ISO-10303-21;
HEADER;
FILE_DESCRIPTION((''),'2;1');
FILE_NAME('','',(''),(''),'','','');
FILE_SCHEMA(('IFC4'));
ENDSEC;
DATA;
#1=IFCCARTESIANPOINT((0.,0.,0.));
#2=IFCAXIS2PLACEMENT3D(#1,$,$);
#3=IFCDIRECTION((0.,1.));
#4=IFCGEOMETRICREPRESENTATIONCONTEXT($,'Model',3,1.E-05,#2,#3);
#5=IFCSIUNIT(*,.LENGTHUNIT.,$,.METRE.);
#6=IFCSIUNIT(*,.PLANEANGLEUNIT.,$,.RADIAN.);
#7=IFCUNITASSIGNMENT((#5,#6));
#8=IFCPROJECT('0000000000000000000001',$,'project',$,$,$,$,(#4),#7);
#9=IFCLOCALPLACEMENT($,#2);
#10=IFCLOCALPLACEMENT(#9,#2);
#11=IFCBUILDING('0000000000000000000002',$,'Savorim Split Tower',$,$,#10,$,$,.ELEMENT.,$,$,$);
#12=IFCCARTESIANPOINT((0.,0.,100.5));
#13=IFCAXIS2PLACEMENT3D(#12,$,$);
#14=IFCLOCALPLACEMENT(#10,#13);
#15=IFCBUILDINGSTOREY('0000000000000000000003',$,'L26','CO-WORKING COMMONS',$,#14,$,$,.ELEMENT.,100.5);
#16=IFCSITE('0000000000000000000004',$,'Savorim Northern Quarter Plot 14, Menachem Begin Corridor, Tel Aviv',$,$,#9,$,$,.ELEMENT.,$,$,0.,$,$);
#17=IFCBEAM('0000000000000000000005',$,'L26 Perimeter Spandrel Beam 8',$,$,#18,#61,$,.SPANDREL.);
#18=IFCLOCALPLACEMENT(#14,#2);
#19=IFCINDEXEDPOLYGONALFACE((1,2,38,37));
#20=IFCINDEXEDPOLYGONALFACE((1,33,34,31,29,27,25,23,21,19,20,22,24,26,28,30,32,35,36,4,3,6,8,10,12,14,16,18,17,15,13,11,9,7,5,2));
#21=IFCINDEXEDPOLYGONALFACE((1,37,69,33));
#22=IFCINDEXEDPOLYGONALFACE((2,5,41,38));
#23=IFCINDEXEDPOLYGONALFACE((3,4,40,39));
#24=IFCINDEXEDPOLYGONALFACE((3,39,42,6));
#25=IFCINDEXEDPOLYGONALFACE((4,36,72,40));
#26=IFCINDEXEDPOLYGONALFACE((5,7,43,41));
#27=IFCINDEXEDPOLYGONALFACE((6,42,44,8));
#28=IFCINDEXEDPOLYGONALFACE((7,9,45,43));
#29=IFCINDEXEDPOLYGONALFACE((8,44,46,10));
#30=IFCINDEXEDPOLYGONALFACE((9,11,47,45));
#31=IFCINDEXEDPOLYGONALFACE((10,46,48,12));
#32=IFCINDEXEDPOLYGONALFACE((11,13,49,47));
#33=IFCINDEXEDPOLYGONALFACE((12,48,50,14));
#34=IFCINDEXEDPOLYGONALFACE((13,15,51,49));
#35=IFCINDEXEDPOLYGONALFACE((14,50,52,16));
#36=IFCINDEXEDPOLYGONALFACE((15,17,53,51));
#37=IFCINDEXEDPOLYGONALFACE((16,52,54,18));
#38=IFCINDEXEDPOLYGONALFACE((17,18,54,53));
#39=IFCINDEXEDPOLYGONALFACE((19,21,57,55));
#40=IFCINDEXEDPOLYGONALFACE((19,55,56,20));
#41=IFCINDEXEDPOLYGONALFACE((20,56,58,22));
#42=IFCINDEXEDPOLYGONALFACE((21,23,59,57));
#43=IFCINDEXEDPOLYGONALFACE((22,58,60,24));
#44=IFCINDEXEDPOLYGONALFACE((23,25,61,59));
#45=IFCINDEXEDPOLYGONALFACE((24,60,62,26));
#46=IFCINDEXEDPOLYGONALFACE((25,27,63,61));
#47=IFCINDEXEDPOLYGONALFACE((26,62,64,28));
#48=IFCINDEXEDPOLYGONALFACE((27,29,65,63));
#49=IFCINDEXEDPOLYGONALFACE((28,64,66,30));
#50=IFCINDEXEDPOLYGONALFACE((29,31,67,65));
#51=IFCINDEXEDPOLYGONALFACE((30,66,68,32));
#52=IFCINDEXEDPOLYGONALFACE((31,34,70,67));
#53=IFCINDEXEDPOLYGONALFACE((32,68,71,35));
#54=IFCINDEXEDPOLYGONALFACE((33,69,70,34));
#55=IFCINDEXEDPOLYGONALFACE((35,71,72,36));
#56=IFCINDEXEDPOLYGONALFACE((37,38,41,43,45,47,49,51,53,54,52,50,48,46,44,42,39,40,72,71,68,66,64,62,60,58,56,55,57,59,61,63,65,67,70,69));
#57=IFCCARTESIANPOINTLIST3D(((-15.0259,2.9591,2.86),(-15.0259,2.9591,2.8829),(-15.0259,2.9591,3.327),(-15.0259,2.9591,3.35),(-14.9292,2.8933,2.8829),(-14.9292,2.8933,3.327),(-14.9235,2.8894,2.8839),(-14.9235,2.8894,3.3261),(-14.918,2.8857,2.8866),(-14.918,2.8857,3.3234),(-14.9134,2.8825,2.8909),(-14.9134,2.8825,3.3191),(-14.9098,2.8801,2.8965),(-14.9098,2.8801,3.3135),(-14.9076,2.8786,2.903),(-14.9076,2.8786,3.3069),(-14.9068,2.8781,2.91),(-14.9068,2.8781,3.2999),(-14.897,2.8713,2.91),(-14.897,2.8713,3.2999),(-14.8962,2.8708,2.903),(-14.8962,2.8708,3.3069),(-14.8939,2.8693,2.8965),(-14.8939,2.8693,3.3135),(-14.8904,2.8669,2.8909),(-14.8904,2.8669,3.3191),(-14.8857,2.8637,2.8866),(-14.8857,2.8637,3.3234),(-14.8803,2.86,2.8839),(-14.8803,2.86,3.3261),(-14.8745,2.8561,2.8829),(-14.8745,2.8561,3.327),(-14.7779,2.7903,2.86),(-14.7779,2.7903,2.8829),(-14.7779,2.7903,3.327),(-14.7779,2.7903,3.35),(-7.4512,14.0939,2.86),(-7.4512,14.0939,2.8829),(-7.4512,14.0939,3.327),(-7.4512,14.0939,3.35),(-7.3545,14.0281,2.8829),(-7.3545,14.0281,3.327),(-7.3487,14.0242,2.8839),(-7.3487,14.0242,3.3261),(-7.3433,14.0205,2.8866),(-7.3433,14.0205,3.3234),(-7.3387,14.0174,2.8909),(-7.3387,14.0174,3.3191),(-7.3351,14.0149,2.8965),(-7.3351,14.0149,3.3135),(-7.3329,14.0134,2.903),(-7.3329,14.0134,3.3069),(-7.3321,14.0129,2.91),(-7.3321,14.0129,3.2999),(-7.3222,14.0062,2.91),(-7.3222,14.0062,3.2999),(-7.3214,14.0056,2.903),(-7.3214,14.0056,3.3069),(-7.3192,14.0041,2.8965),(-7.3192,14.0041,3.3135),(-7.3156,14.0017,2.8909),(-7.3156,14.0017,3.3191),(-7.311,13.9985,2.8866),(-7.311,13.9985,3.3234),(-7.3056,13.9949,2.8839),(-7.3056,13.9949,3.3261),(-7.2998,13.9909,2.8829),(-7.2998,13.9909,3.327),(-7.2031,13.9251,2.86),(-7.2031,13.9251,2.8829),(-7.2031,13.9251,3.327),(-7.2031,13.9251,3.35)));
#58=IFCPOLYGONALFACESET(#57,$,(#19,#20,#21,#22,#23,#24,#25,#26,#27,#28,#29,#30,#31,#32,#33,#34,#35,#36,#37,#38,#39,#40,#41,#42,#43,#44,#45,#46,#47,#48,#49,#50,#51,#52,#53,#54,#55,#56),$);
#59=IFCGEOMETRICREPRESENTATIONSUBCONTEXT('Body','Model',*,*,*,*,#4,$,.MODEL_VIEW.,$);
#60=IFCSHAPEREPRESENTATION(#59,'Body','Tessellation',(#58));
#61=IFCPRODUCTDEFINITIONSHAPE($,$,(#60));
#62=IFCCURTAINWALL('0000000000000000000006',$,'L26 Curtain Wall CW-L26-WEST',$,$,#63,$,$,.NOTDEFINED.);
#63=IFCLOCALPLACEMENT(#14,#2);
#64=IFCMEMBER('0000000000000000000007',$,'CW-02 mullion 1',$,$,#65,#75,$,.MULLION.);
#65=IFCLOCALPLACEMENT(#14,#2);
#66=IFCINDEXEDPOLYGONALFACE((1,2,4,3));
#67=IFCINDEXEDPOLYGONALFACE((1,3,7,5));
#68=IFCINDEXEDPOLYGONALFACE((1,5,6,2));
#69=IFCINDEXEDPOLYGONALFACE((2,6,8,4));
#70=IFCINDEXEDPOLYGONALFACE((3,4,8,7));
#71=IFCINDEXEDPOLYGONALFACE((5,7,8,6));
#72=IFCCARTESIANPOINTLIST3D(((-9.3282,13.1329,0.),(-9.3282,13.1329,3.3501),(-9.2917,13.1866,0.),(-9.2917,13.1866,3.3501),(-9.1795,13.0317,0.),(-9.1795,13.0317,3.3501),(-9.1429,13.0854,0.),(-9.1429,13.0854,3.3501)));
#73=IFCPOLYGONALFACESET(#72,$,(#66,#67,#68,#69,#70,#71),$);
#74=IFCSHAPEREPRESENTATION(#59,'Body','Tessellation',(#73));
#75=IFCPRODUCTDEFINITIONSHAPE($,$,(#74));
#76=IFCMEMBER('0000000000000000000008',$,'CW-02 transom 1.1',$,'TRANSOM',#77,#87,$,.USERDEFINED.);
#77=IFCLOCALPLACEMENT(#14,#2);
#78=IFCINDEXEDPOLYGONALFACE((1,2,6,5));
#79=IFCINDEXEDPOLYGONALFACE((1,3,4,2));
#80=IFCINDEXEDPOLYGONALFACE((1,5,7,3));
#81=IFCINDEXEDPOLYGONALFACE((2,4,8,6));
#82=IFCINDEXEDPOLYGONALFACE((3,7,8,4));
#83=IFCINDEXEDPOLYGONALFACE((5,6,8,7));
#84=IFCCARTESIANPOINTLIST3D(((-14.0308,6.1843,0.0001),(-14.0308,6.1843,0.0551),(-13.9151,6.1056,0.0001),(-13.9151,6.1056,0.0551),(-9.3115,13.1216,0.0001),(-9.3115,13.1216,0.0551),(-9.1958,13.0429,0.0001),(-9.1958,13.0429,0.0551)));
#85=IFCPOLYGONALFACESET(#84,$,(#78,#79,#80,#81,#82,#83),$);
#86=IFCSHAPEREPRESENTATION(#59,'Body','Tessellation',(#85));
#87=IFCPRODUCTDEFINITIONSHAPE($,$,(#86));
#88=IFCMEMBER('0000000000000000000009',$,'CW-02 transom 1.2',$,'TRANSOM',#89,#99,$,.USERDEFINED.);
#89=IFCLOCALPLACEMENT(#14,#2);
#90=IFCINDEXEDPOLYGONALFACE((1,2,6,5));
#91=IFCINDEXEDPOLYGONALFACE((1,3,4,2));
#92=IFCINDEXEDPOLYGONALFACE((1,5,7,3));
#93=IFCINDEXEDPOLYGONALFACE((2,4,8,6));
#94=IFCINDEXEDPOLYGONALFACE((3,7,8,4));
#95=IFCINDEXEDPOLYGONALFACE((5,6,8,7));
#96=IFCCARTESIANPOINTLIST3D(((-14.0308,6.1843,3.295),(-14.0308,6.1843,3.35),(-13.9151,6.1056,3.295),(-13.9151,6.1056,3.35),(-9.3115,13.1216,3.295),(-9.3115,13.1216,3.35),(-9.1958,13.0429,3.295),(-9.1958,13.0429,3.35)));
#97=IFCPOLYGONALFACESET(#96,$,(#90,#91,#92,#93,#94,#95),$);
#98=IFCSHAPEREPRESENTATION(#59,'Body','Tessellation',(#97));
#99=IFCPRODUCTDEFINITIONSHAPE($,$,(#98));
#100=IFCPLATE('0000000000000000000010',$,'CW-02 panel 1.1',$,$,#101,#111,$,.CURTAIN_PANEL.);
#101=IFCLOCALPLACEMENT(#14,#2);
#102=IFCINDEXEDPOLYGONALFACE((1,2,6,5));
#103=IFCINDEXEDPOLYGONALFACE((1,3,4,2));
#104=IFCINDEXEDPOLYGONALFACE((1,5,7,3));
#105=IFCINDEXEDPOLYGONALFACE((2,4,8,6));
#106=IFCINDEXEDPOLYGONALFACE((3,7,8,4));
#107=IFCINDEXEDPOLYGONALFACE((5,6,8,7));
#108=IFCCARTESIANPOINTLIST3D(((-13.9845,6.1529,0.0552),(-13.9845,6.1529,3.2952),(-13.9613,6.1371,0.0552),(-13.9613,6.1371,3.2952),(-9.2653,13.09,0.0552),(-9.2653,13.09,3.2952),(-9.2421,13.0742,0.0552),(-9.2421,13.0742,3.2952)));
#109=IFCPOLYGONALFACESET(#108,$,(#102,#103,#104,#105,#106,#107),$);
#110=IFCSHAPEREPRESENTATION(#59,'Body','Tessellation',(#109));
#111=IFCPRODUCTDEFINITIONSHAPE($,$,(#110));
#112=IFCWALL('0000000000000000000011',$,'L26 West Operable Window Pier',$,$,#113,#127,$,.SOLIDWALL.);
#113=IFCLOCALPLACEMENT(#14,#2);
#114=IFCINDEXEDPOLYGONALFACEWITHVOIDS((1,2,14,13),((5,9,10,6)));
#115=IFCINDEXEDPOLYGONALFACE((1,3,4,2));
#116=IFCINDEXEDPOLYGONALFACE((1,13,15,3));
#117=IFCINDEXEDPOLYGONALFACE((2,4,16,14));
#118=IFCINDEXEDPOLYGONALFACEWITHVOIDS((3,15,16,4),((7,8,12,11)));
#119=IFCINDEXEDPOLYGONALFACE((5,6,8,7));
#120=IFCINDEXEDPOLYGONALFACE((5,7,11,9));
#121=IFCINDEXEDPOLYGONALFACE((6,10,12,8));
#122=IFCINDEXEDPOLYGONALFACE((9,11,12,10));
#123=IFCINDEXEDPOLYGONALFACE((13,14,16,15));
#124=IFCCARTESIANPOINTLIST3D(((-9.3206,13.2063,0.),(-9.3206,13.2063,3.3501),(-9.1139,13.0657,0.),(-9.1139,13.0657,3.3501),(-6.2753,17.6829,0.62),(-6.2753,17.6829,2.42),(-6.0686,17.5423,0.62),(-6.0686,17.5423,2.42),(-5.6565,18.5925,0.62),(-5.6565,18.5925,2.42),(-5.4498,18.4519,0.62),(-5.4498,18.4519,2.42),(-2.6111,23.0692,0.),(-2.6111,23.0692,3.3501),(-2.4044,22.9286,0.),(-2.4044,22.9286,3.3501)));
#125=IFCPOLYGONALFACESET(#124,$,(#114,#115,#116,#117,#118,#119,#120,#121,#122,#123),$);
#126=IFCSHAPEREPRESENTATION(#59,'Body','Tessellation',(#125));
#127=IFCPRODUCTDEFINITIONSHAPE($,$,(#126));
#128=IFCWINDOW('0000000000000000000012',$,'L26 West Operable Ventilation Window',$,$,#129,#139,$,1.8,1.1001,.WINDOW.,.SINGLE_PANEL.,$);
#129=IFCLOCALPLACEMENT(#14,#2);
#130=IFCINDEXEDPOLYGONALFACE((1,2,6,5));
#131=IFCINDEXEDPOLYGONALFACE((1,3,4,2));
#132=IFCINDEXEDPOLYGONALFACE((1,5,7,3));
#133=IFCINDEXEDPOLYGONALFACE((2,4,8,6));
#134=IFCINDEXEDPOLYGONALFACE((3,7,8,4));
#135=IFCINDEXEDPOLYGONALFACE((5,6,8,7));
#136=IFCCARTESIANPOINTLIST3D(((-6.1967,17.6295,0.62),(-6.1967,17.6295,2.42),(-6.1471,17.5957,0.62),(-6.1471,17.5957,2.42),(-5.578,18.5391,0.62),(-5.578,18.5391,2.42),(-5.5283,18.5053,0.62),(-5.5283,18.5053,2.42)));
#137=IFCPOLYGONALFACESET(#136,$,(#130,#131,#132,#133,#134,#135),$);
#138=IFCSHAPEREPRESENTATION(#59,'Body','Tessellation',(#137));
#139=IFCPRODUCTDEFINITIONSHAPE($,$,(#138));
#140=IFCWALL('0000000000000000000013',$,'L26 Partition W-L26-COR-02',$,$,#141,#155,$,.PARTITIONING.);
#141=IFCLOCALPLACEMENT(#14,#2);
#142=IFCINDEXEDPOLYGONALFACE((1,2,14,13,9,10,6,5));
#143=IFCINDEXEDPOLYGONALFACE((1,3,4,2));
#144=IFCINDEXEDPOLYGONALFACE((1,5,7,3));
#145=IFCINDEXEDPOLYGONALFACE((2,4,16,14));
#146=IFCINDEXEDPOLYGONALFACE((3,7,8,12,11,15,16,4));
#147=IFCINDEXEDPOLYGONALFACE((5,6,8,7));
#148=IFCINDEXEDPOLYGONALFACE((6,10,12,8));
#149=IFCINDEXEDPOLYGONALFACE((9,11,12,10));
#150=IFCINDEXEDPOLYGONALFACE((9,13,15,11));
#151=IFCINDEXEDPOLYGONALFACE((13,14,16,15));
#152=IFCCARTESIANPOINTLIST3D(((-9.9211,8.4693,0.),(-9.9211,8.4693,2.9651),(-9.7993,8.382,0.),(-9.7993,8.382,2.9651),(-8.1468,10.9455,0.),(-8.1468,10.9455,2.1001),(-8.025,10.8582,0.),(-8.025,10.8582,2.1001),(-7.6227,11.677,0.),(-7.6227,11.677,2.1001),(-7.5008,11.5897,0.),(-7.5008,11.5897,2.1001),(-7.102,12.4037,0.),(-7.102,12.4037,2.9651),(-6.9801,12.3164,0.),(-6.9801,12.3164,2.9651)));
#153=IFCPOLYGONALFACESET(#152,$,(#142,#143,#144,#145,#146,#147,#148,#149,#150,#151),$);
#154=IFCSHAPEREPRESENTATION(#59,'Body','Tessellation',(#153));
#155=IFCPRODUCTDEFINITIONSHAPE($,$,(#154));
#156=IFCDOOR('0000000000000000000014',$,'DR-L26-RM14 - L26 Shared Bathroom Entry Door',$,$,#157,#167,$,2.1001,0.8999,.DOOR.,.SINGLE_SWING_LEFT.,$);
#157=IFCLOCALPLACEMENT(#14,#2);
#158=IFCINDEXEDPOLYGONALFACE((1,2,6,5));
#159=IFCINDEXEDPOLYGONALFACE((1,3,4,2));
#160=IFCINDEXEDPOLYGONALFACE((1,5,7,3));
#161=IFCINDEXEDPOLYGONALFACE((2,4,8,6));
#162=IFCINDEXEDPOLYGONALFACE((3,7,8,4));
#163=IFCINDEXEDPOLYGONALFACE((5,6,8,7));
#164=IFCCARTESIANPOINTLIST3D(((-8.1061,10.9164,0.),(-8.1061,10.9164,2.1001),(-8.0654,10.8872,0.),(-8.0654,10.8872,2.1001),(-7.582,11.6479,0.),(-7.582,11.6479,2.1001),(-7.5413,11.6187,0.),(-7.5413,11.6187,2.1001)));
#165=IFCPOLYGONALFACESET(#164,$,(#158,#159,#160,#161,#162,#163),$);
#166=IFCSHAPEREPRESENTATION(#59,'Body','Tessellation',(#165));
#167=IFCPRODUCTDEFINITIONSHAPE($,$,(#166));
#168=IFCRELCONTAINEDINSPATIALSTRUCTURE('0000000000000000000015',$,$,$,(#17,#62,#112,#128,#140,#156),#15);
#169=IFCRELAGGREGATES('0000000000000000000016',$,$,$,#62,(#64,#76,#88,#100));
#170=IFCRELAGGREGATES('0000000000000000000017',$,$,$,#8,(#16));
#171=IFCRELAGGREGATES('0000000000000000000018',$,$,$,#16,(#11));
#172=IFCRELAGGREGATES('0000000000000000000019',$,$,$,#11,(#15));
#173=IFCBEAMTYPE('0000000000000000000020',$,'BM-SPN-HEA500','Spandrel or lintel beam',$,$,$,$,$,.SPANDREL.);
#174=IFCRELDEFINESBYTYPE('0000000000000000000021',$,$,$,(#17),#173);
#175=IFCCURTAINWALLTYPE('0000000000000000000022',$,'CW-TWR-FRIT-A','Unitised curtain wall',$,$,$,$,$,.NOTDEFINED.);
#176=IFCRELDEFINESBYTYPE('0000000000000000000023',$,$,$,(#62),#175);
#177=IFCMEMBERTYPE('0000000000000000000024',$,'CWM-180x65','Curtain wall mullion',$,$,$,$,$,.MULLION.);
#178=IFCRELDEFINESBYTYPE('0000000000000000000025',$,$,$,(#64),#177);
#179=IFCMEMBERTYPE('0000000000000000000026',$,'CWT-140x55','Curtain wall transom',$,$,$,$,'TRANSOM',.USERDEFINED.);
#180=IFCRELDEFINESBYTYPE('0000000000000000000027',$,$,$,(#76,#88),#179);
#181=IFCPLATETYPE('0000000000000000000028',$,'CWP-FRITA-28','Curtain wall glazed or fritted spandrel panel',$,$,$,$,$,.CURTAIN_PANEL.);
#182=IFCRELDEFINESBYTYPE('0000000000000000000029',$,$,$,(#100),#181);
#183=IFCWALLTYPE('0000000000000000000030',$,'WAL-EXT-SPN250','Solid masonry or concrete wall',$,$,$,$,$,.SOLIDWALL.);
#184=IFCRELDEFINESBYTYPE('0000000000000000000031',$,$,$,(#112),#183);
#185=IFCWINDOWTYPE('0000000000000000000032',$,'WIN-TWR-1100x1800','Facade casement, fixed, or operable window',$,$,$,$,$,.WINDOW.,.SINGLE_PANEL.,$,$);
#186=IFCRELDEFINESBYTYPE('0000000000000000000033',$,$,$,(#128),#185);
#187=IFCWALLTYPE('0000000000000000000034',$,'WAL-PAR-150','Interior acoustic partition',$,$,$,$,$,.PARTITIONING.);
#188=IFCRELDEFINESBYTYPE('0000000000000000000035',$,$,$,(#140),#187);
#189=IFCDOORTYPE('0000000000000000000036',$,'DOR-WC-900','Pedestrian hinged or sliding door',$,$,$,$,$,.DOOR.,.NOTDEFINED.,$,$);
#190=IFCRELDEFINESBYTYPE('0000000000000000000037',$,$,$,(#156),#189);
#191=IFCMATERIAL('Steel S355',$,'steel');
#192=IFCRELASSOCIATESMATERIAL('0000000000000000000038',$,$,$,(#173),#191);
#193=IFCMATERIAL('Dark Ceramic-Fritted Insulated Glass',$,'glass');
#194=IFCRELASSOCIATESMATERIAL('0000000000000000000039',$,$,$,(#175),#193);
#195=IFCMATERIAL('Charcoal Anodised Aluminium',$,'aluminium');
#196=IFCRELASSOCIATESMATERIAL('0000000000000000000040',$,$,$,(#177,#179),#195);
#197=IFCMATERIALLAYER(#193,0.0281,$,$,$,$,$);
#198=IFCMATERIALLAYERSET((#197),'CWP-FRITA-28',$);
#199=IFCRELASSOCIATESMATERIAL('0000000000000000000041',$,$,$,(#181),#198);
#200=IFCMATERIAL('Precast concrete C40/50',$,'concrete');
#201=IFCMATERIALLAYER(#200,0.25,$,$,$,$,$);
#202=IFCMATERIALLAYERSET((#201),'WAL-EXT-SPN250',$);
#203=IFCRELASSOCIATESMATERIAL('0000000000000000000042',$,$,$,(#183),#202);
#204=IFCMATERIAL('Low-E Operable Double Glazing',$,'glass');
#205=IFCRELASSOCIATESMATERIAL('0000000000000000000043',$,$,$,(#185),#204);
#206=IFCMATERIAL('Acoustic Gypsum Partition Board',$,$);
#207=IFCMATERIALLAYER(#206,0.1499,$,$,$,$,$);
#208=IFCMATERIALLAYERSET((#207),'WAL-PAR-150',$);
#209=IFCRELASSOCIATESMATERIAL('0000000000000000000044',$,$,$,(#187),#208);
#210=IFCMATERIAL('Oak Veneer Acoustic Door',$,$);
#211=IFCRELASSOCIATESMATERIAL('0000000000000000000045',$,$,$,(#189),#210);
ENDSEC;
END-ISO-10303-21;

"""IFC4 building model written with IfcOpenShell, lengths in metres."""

from ifc_helpers import new_model, si_unit, direction, frame, frame_2d, origin, origin_2d, place, context, subcontext, project, spatial, rectangle, i_section, extrude, material, layer, layer_set, material_profile, profile_set, type_object, element, fill, aggregate, save


model = new_model("IFC4")

# Units and contexts
model_context = context("Model", 3, precision=1e-05, world=origin(), true_north=direction((0.0, 1.0)))
body_context = subcontext(model_context, "Body", "Model", "MODEL_VIEW")
ifc_project = project(units=[si_unit("LENGTHUNIT", "METRE"), si_unit("PLANEANGLEUNIT", "RADIAN")], contexts=[model_context])

# Site, building, storey
site_placement = place(None, origin())
site = spatial("IfcSite", under=ifc_project, at=site_placement, Name="Savorim Northern Quarter Plot 14, Menachem Begin Corridor, Tel Aviv", CompositionType="ELEMENT", RefElevation=0.0)
building_placement = place(site_placement, origin())
building = spatial("IfcBuilding", under=site, at=building_placement, Name="Savorim Split Tower", CompositionType="ELEMENT")
storey_placement = place(building_placement, frame((0.0, 0.0, 100.5)))
storey = spatial("IfcBuildingStorey", under=building, at=storey_placement, Name="L26", Description="CO-WORKING COMMONS", CompositionType="ELEMENT", Elevation=100.5)

# Beam
ifc_material_1 = material(Name="Steel S355", Category="steel")
ifc_material_profile_1 = material_profile(ifc_material_1, i_section(OverallWidth=0.3, OverallDepth=0.49, WebThickness=0.012, FlangeThickness=0.0229, FilletRadius=0.0271, at=origin_2d()), Name="HEA 500")
ifc_profile_set_1 = profile_set([ifc_material_profile_1], Name="Steel S355")
beam_type_1 = type_object("IfcBeamType", Name="BM-SPN-HEA500", Description="Spandrel or lintel beam", PredefinedType="SPANDREL", material=ifc_profile_set_1)
beam_1_placement = place(storey_placement, frame((-7.3271, 14.0095, 3.105), z_axis=(-0.562466, -0.826821, 0.0), x_axis=(0.826821, -0.562466, 0.0)))
element("IfcBeam", 1, at=beam_1_placement, inside=storey, type_object=beam_type_1, Name="L26 Perimeter Spandrel Beam 8", PredefinedType="SPANDREL", context=body_context, shape_type="SweptSolid", body=[
    extrude(i_section(OverallWidth=0.3, OverallDepth=0.49, WebThickness=0.012, FlangeThickness=0.0229, FilletRadius=0.0271, at=origin_2d()), origin(), (0.0, 0.0, 1.0), 13.467),
])

# Curtain wall, members, plate
ifc_material_2 = material(Name="Dark Ceramic-Fritted Insulated Glass", Category="glass")
curtain_wall_type = type_object("IfcCurtainWallType", Name="CW-TWR-FRIT-A", Description="Unitised curtain wall", PredefinedType="NOTDEFINED", material=ifc_material_2)
curtain_wall_placement = place(storey_placement, origin())
curtain_wall = element("IfcCurtainWall", 2, at=curtain_wall_placement, inside=storey, type_object=curtain_wall_type, Name="L26 Curtain Wall CW-L26-WEST", PredefinedType="NOTDEFINED")
ifc_material_3 = material(Name="Charcoal Anodised Aluminium", Category="aluminium")
ifc_material_profile_2 = material_profile(ifc_material_3, rectangle(XDim=0.1799, YDim=0.0649, at=origin_2d()), Name="ALU-M 180x65")
ifc_profile_set_2 = profile_set([ifc_material_profile_2], Name="Charcoal Anodised Aluminium")
member_type_1 = type_object("IfcMemberType", Name="CWM-180x65", Description="Curtain wall mullion", PredefinedType="MULLION", material=ifc_profile_set_2)
member_1_placement = place(storey_placement, frame((-9.2356, 13.1091, 0.0), z_axis=(0.0, 0.0, 1.0), x_axis=(0.826819, -0.562468, 0.0)))
member_1 = element("IfcMember", 3, at=member_1_placement, type_object=member_type_1, Name="CW-02 mullion 1", PredefinedType="MULLION", context=body_context, shape_type="SweptSolid", body=[
    extrude(rectangle(XDim=0.1799, YDim=0.0649, at=origin_2d()), origin(), (0.0, 0.0, 1.0), 3.3501),
])
ifc_material_profile_3 = material_profile(ifc_material_3, rectangle(XDim=0.1399, YDim=0.0549, at=origin_2d()), Name="ALU-T 140x55")
ifc_profile_set_3 = profile_set([ifc_material_profile_3], Name="Charcoal Anodised Aluminium")
member_type_2 = type_object("IfcMemberType", Name="CWT-140x55", Description="Curtain wall transom", ElementType="TRANSOM", PredefinedType="USERDEFINED", material=ifc_profile_set_3)
member_2_placement = place(storey_placement, frame((-9.2537, 13.0823, 0.0276), z_axis=(-0.562465, -0.826821, 0.0), x_axis=(0.826821, -0.562465, 0.0)))
member_2 = element("IfcMember", 4, at=member_2_placement, type_object=member_type_2, Name="CW-02 transom 1.1", ObjectType="TRANSOM", PredefinedType="USERDEFINED", context=body_context, shape_type="SweptSolid", body=[
    extrude(rectangle(XDim=0.1399, YDim=0.0549, at=origin_2d()), origin(), (0.0, 0.0, 1.0), 8.3904),
])
member_3_placement = place(storey_placement, frame((-9.2537, 13.0823, 3.3225), z_axis=(-0.562465, -0.826821, 0.0), x_axis=(0.826821, -0.562465, 0.0)))
member_3 = element("IfcMember", 5, at=member_3_placement, type_object=member_type_2, Name="CW-02 transom 1.2", ObjectType="TRANSOM", PredefinedType="USERDEFINED", context=body_context, shape_type="SweptSolid", body=[
    extrude(rectangle(XDim=0.1399, YDim=0.0549, at=origin_2d()), origin(), (0.0, 0.0, 1.0), 8.3904),
])
ifc_layer_1 = layer(ifc_material_2, 0.0281)
ifc_layer_set_1 = layer_set([ifc_layer_1], Name="CWP-FRITA-28")
plate_type = type_object("IfcPlateType", Name="CWP-FRITA-28", Description="Curtain wall glazed or fritted spandrel panel", PredefinedType="CURTAIN_PANEL", material=ifc_layer_set_1)
plate_placement = place(storey_placement, frame((-11.6133, 9.6135, 0.0552), z_axis=(0.0, 0.0, 1.0), x_axis=(-0.562468, -0.826819, 0.0)))
plate = element("IfcPlate", 6, at=plate_placement, type_object=plate_type, Name="CW-02 panel 1.1", PredefinedType="CURTAIN_PANEL", context=body_context, shape_type="SweptSolid", body=[
    extrude(rectangle(XDim=8.3901, YDim=0.0281, at=origin_2d()), origin(), (0.0, 0.0, 1.0), 3.24),
])
aggregate(curtain_wall, [member_1, member_2, member_3, plate])

# Shared definitions
ifc_material_4 = material(Name="Precast concrete C40/50", Category="concrete")

# Wall, opening, window
ifc_layer_2 = layer(ifc_material_4, 0.25)
ifc_layer_set_2 = layer_set([ifc_layer_2], Name="WAL-EXT-SPN250")
wall_type_1 = type_object("IfcWallType", Name="WAL-EXT-SPN250", Description="Solid masonry or concrete wall", PredefinedType="SOLIDWALL", material=ifc_layer_set_2)
wall_1_placement = place(storey_placement, frame((-9.2173, 13.136, 0.0), z_axis=(0.0, 0.0, 1.0), x_axis=(0.562469, 0.826818, 0.0)))
wall_1 = element("IfcWall", 7, at=wall_1_placement, inside=storey, type_object=wall_type_1, Name="L26 West Operable Window Pier", PredefinedType="SOLIDWALL", context=body_context, shape_type="SweptSolid", body=[
    extrude(rectangle(XDim=11.9287, YDim=0.25, at=frame_2d((5.9644, 0.0))), origin(), (0.0, 0.0, 1.0), 3.3501),
])
opening_1_placement = place(wall_1_placement, frame((5.4143, 0.0, 0.6201)))
opening_1 = element("IfcOpeningElement", 8, at=opening_1_placement, cuts=wall_1, PredefinedType="OPENING", context=body_context, shape_type="SweptSolid", body=[
    extrude(rectangle(XDim=1.1001, YDim=1.8, at=frame_2d((0.55, 0.8999))), frame((0.0, 0.135, 0.0), z_axis=(0.0, -1.0, 0.0), x_axis=(1.0, 0.0, 0.0)), (0.0, 0.0, 1.0), 0.27),
])
ifc_material_5 = material(Name="Low-E Operable Double Glazing", Category="glass")
window_type = type_object("IfcWindowType", Name="WIN-TWR-1100x1800", Description="Facade casement, fixed, or operable window", PartitioningType="SINGLE_PANEL", PredefinedType="WINDOW", material=ifc_material_5)
window_placement = place(opening_1_placement, origin())
window = element("IfcWindow", 9, at=window_placement, inside=storey, type_object=window_type, Name="L26 West Operable Ventilation Window", OverallHeight=1.8, OverallWidth=1.1001, PartitioningType="SINGLE_PANEL", PredefinedType="WINDOW", context=body_context, shape_type="SweptSolid", body=[
    extrude(rectangle(XDim=1.1001, YDim=1.8, at=frame_2d((0.55, 0.8999))), frame((0.0, 0.03, 0.0), z_axis=(0.0, -1.0, 0.0), x_axis=(1.0, 0.0, 0.0)), (0.0, 0.0, 1.0), 0.0601),
])
fill(opening_1, window)

# Wall, opening, door
ifc_material_6 = material(Name="Acoustic Gypsum Partition Board")
ifc_layer_3 = layer(ifc_material_6, 0.1499)
ifc_layer_set_3 = layer_set([ifc_layer_3], Name="WAL-PAR-150")
wall_type_2 = type_object("IfcWallType", Name="WAL-PAR-150", Description="Interior acoustic partition", PredefinedType="PARTITIONING", material=ifc_layer_set_3)
wall_2_placement = place(storey_placement, frame((-9.8601, 8.4258, 0.0), z_axis=(0.0, 0.0, 1.0), x_axis=(0.58245, 0.812867, 0.0)))
wall_2 = element("IfcWall", 10, at=wall_2_placement, inside=storey, type_object=wall_type_2, Name="L26 Partition W-L26-COR-02", PredefinedType="PARTITIONING", context=body_context, shape_type="SweptSolid", body=[
    extrude(rectangle(XDim=4.8401, YDim=0.1499, at=frame_2d((2.4199, 0.0))), origin(), (0.0, 0.0, 1.0), 2.9651),
])
opening_2_placement = place(wall_2_placement, frame((3.0461, 0.0, 0.0)))
opening_2 = element("IfcOpeningElement", 11, at=opening_2_placement, cuts=wall_2, PredefinedType="OPENING", context=body_context, shape_type="SweptSolid", body=[
    extrude(rectangle(XDim=0.8999, YDim=2.1001, at=frame_2d((0.45, 1.05))), frame((0.0, 0.085, 0.0), z_axis=(0.0, -1.0, 0.0), x_axis=(1.0, 0.0, 0.0)), (0.0, 0.0, 1.0), 0.1699),
])
ifc_material_7 = material(Name="Oak Veneer Acoustic Door")
door_type_1 = type_object("IfcDoorType", Name="DOR-WC-900", Description="Pedestrian hinged or sliding door", OperationType="NOTDEFINED", PredefinedType="DOOR", material=ifc_material_7)
door_1_placement = place(opening_2_placement, origin())
door_1 = element("IfcDoor", 12, at=door_1_placement, inside=storey, type_object=door_type_1, Name="DR-L26-RM14 - L26 Shared Bathroom Entry Door", OperationType="SINGLE_SWING_LEFT", OverallHeight=2.1001, OverallWidth=0.8999, PredefinedType="DOOR", context=body_context, shape_type="SweptSolid", body=[
    extrude(rectangle(XDim=0.8999, YDim=2.1001, at=frame_2d((0.45, 1.05))), frame((0.0, 0.0249, 0.0), z_axis=(0.0, -1.0, 0.0), x_axis=(1.0, 0.0, 0.0)), (0.0, 0.0, 1.0), 0.05),
])
fill(opening_2, door_1)

save(model, "model.ifc")
